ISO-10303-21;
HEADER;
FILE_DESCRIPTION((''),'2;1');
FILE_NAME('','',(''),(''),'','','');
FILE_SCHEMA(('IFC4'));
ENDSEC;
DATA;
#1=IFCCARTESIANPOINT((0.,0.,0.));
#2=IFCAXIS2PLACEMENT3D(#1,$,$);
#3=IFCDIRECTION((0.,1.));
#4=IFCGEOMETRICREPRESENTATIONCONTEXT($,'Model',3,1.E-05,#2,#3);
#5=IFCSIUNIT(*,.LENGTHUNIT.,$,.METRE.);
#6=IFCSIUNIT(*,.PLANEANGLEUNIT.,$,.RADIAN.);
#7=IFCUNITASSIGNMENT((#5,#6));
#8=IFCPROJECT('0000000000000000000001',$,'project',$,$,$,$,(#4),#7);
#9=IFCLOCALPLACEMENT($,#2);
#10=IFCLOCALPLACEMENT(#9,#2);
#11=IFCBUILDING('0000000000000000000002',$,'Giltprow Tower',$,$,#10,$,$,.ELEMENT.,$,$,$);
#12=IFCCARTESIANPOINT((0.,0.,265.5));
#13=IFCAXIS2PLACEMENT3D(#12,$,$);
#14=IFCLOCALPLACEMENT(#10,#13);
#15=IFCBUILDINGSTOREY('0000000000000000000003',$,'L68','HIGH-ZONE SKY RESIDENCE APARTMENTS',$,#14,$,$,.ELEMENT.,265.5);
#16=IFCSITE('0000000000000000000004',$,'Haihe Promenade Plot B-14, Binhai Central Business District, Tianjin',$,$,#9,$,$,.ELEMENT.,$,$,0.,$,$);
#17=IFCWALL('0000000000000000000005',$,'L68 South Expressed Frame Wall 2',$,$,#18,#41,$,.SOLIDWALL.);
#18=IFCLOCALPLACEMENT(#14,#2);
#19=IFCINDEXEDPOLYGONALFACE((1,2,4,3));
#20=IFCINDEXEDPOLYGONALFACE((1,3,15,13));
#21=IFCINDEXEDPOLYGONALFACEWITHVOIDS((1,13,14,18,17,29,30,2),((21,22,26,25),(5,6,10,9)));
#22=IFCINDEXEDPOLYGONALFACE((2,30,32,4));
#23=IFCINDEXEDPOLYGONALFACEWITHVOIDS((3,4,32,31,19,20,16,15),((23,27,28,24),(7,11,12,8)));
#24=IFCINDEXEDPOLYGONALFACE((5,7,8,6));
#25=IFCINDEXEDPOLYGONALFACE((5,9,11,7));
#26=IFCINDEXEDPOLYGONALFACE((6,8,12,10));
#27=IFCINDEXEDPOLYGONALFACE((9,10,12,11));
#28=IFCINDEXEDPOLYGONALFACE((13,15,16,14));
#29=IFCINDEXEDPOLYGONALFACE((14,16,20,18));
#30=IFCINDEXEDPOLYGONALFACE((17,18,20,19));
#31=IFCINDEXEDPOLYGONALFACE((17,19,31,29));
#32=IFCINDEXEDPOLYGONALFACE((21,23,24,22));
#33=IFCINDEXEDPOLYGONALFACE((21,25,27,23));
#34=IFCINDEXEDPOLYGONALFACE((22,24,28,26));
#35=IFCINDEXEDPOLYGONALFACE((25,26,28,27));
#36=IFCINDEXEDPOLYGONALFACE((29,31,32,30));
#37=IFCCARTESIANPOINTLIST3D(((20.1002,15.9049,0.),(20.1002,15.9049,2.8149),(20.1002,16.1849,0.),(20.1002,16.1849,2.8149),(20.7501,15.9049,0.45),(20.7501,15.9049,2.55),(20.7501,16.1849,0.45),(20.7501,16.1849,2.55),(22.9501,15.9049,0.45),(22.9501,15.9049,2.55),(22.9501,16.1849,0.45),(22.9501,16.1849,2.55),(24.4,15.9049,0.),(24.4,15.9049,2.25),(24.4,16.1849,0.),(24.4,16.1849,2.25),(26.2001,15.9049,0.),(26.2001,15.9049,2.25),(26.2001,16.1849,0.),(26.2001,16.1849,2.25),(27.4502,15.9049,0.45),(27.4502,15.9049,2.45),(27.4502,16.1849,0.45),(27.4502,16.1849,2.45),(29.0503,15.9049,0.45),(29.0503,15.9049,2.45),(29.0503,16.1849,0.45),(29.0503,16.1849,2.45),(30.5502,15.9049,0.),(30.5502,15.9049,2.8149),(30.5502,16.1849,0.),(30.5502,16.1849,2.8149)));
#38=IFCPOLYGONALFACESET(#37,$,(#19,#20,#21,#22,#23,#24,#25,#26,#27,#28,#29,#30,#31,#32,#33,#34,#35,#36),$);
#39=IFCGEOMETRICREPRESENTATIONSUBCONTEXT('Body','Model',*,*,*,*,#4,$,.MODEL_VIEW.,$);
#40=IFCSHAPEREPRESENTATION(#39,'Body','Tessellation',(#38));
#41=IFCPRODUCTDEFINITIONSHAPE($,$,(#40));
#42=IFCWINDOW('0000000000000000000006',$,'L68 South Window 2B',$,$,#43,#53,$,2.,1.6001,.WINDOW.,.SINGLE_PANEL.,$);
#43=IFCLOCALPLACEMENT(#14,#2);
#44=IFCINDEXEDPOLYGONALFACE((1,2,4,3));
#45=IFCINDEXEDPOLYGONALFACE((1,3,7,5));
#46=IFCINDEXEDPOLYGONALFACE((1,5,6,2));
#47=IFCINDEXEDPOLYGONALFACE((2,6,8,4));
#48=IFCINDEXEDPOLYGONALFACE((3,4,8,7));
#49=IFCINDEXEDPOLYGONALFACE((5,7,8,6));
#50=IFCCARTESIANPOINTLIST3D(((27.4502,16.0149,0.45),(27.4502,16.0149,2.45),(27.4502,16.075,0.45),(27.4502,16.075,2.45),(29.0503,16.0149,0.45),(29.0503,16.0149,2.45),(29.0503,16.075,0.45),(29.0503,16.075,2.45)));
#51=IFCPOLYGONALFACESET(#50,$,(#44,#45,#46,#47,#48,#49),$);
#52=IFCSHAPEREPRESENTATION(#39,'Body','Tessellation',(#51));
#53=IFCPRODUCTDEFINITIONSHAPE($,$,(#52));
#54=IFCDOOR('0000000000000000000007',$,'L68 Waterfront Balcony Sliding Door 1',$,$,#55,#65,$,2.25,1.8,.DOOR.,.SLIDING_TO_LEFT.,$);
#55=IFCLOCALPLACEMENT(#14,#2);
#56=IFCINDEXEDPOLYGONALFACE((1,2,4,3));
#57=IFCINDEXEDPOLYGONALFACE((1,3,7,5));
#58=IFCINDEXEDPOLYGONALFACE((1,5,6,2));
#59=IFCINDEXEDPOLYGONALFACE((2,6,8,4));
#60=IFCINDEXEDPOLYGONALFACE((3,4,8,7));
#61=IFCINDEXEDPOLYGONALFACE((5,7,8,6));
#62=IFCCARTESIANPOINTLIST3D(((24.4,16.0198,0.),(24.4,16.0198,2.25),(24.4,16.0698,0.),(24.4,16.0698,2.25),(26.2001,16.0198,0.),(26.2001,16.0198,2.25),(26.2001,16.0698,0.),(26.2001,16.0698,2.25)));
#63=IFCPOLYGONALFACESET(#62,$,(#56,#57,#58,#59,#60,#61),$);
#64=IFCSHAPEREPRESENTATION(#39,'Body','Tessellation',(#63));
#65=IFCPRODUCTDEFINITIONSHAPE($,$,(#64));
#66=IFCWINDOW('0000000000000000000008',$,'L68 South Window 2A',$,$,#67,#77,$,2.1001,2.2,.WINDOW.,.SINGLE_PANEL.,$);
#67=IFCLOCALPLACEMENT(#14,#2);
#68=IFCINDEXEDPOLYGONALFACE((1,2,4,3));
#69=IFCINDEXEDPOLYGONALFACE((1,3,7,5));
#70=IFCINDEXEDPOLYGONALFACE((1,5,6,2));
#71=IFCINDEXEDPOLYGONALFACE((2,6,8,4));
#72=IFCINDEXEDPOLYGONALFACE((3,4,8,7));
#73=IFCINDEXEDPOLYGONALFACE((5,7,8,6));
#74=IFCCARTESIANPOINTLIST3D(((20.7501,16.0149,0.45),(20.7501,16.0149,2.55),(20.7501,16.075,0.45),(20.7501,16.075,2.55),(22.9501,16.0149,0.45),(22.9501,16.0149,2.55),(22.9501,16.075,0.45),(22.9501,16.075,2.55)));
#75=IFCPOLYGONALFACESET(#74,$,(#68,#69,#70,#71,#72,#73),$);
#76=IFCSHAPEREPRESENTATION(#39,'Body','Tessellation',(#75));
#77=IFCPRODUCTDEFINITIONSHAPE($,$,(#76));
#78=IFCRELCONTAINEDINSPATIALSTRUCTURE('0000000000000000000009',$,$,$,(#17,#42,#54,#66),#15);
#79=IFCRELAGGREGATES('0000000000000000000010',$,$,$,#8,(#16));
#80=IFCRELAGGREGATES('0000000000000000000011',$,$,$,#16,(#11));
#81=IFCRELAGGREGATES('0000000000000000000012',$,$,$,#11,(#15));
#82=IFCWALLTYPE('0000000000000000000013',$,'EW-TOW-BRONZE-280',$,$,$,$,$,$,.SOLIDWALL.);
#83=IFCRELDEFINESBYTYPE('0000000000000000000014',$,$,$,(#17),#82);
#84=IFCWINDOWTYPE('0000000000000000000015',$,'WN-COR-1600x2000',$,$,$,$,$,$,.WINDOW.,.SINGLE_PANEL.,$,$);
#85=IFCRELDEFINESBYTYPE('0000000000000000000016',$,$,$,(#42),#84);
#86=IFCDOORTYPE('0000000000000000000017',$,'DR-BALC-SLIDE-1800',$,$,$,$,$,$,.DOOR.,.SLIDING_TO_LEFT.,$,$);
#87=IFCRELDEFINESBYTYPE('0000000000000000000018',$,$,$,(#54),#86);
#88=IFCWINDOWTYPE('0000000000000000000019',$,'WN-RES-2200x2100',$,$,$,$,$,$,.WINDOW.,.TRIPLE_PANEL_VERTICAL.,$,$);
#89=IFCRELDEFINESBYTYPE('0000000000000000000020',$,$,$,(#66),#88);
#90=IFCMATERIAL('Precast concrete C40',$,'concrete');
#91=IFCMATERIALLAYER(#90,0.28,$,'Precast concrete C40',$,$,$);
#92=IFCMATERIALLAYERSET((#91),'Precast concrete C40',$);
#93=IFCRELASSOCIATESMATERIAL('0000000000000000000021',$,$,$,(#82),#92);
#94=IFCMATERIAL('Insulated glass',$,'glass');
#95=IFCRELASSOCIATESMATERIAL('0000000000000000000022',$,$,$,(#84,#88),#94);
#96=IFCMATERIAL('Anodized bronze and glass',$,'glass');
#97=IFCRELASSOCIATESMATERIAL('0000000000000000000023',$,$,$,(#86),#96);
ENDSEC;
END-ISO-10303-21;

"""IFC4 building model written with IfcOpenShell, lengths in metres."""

from ifc_helpers import new_model, si_unit, direction, frame, frame_2d, origin, place, context, subcontext, project, spatial, rectangle, extrude, source, transform, mapped, material, layer, layer_set, type_object, element, fill, save


model = new_model("IFC4")

# Units and contexts
model_context = context("Model", 3, precision=1e-05, world=origin(), true_north=direction((0.0, 1.0)))
body_context = subcontext(model_context, "Body", "Model", "MODEL_VIEW")
ifc_project = project(units=[si_unit("LENGTHUNIT", "METRE"), si_unit("PLANEANGLEUNIT", "RADIAN")], contexts=[model_context])

# Site, building, storey
site_placement = place(None, origin())
site = spatial("IfcSite", under=ifc_project, at=site_placement, Name="Haihe Promenade Plot B-14, Binhai Central Business District, Tianjin", CompositionType="ELEMENT", RefElevation=0.0)
building_placement = place(site_placement, origin())
building = spatial("IfcBuilding", under=site, at=building_placement, Name="Giltprow Tower", CompositionType="ELEMENT")
storey_placement = place(building_placement, frame((0.0, 0.0, 265.5)))
storey = spatial("IfcBuildingStorey", under=building, at=storey_placement, Name="L68", Description="HIGH-ZONE SKY RESIDENCE APARTMENTS", CompositionType="ELEMENT", Elevation=265.5)

# Shared definitions
ifc_material_1 = material(Name="Insulated glass", Category="glass")

# Wall, openings, windows, door
ifc_material_2 = material(Name="Precast concrete C40", Category="concrete")
ifc_layer_1 = layer(ifc_material_2, 0.28, Name="Precast concrete C40")
ifc_layer_set_1 = layer_set([ifc_layer_1], Name="Precast concrete C40")
wall_type = type_object("IfcWallType", Name="EW-TOW-BRONZE-280", PredefinedType="SOLIDWALL", material=ifc_layer_set_1)
wall_placement = place(storey_placement, frame((20.1001, 16.0449, 0.0), z_axis=(0.0, 0.0, 1.0), x_axis=(1.0, 0.0, 0.0)))
wall = element("IfcWall", 1, at=wall_placement, inside=storey, type_object=wall_type, Name="L68 South Expressed Frame Wall 2", PredefinedType="SOLIDWALL", context=body_context, shape_type="SweptSolid", body=[
    extrude(rectangle(XDim=10.45, YDim=0.28, at=frame_2d((5.2251, 0.0))), origin(), (0.0, 0.0, 1.0), 2.8149),
])
opening_1_placement = place(wall_placement, frame((4.3, 0.0, 0.0)))
opening_1 = element("IfcOpeningElement", 2, at=opening_1_placement, cuts=wall, PredefinedType="OPENING", context=body_context, shape_type="SweptSolid", body=[
    extrude(rectangle(XDim=1.8, YDim=2.25, at=frame_2d((0.8999, 1.125))), frame((0.0, 0.1499, 0.0), z_axis=(0.0, -1.0, 0.0), x_axis=(1.0, 0.0, 0.0)), (0.0, 0.0, 1.0), 0.3),
])
opening_2_placement = place(wall_placement, frame((0.6499, 0.0, 0.45)))
opening_2 = element("IfcOpeningElement", 3, at=opening_2_placement, cuts=wall, PredefinedType="OPENING", context=body_context, shape_type="SweptSolid", body=[
    extrude(rectangle(XDim=2.2, YDim=2.1001, at=frame_2d((1.1001, 1.05))), frame((0.0, 0.1499, 0.0), z_axis=(0.0, -1.0, 0.0), x_axis=(1.0, 0.0, 0.0)), (0.0, 0.0, 1.0), 0.3),
])
opening_3_placement = place(wall_placement, frame((7.3501, 0.0, 0.45)))
opening_3 = element("IfcOpeningElement", 4, at=opening_3_placement, cuts=wall, PredefinedType="OPENING", context=body_context, shape_type="SweptSolid", body=[
    extrude(rectangle(XDim=1.6001, YDim=2.0, at=frame_2d((0.8, 1.0))), frame((0.0, 0.1499, 0.0), z_axis=(0.0, -1.0, 0.0), x_axis=(1.0, 0.0, 0.0)), (0.0, 0.0, 1.0), 0.3),
])
window_type_1 = type_object("IfcWindowType", Name="WN-COR-1600x2000", PartitioningType="SINGLE_PANEL", PredefinedType="WINDOW", material=ifc_material_1)
shared_shape_1 = source(origin(), body_context, "Body", "SweptSolid", [
    extrude(rectangle(XDim=1.6001, YDim=2.0, at=frame_2d((0.8, 1.0))), frame((0.0, 0.03, 0.0), z_axis=(0.0, -1.0, 0.0), x_axis=(1.0, 0.0, 0.0)), (0.0, 0.0, 1.0), 0.0601),
])
window_1_placement = place(opening_3_placement, origin())
window_1 = element("IfcWindow", 5, at=window_1_placement, inside=storey, type_object=window_type_1, Name="L68 South Window 2B", OverallHeight=2.0, OverallWidth=1.6001, PartitioningType="SINGLE_PANEL", PredefinedType="WINDOW", context=body_context, shape_type="MappedRepresentation", body=[
    mapped(shared_shape_1, transform((0.0, 0.0, 0.0), x_axis=(1.0, 0.0, 0.0), y_axis=(0.0, 1.0, 0.0), z_axis=(0.0, 0.0, 1.0), scale=1.0)),
])
fill(opening_3, window_1)
ifc_material_3 = material(Name="Anodized bronze and glass", Category="glass")
door_type = type_object("IfcDoorType", Name="DR-BALC-SLIDE-1800", OperationType="SLIDING_TO_LEFT", PredefinedType="DOOR", material=ifc_material_3)
shared_shape_2 = source(origin(), body_context, "Body", "SweptSolid", [
    extrude(rectangle(XDim=1.8, YDim=2.25, at=frame_2d((0.8999, 1.125))), frame((0.0, 0.0249, 0.0), z_axis=(0.0, -1.0, 0.0), x_axis=(1.0, 0.0, 0.0)), (0.0, 0.0, 1.0), 0.05),
])
door_placement = place(opening_1_placement, origin())
door = element("IfcDoor", 6, at=door_placement, inside=storey, type_object=door_type, Name="L68 Waterfront Balcony Sliding Door 1", OperationType="SLIDING_TO_LEFT", OverallHeight=2.25, OverallWidth=1.8, PredefinedType="DOOR", context=body_context, shape_type="MappedRepresentation", body=[
    mapped(shared_shape_2, transform((0.0, 0.0, 0.0), x_axis=(1.0, 0.0, 0.0), y_axis=(0.0, 1.0, 0.0), z_axis=(0.0, 0.0, 1.0), scale=1.0)),
])
fill(opening_1, door)
window_type_2 = type_object("IfcWindowType", Name="WN-RES-2200x2100", PartitioningType="TRIPLE_PANEL_VERTICAL", PredefinedType="WINDOW", material=ifc_material_1)
shared_shape_3 = source(origin(), body_context, "Body", "SweptSolid", [
    extrude(rectangle(XDim=2.2, YDim=2.1001, at=frame_2d((1.1001, 1.05))), frame((0.0, 0.03, 0.0), z_axis=(0.0, -1.0, 0.0), x_axis=(1.0, 0.0, 0.0)), (0.0, 0.0, 1.0), 0.0601),
])
window_2_placement = place(opening_2_placement, origin())
window_2 = element("IfcWindow", 7, at=window_2_placement, inside=storey, type_object=window_type_2, Name="L68 South Window 2A", OverallHeight=2.1001, OverallWidth=2.2, PartitioningType="SINGLE_PANEL", PredefinedType="WINDOW", context=body_context, shape_type="MappedRepresentation", body=[
    mapped(shared_shape_3, transform((0.0, 0.0, 0.0), x_axis=(1.0, 0.0, 0.0), y_axis=(0.0, 1.0, 0.0), z_axis=(0.0, 0.0, 1.0), scale=1.0)),
])
fill(opening_2, window_2)

save(model, "model.ifc")
